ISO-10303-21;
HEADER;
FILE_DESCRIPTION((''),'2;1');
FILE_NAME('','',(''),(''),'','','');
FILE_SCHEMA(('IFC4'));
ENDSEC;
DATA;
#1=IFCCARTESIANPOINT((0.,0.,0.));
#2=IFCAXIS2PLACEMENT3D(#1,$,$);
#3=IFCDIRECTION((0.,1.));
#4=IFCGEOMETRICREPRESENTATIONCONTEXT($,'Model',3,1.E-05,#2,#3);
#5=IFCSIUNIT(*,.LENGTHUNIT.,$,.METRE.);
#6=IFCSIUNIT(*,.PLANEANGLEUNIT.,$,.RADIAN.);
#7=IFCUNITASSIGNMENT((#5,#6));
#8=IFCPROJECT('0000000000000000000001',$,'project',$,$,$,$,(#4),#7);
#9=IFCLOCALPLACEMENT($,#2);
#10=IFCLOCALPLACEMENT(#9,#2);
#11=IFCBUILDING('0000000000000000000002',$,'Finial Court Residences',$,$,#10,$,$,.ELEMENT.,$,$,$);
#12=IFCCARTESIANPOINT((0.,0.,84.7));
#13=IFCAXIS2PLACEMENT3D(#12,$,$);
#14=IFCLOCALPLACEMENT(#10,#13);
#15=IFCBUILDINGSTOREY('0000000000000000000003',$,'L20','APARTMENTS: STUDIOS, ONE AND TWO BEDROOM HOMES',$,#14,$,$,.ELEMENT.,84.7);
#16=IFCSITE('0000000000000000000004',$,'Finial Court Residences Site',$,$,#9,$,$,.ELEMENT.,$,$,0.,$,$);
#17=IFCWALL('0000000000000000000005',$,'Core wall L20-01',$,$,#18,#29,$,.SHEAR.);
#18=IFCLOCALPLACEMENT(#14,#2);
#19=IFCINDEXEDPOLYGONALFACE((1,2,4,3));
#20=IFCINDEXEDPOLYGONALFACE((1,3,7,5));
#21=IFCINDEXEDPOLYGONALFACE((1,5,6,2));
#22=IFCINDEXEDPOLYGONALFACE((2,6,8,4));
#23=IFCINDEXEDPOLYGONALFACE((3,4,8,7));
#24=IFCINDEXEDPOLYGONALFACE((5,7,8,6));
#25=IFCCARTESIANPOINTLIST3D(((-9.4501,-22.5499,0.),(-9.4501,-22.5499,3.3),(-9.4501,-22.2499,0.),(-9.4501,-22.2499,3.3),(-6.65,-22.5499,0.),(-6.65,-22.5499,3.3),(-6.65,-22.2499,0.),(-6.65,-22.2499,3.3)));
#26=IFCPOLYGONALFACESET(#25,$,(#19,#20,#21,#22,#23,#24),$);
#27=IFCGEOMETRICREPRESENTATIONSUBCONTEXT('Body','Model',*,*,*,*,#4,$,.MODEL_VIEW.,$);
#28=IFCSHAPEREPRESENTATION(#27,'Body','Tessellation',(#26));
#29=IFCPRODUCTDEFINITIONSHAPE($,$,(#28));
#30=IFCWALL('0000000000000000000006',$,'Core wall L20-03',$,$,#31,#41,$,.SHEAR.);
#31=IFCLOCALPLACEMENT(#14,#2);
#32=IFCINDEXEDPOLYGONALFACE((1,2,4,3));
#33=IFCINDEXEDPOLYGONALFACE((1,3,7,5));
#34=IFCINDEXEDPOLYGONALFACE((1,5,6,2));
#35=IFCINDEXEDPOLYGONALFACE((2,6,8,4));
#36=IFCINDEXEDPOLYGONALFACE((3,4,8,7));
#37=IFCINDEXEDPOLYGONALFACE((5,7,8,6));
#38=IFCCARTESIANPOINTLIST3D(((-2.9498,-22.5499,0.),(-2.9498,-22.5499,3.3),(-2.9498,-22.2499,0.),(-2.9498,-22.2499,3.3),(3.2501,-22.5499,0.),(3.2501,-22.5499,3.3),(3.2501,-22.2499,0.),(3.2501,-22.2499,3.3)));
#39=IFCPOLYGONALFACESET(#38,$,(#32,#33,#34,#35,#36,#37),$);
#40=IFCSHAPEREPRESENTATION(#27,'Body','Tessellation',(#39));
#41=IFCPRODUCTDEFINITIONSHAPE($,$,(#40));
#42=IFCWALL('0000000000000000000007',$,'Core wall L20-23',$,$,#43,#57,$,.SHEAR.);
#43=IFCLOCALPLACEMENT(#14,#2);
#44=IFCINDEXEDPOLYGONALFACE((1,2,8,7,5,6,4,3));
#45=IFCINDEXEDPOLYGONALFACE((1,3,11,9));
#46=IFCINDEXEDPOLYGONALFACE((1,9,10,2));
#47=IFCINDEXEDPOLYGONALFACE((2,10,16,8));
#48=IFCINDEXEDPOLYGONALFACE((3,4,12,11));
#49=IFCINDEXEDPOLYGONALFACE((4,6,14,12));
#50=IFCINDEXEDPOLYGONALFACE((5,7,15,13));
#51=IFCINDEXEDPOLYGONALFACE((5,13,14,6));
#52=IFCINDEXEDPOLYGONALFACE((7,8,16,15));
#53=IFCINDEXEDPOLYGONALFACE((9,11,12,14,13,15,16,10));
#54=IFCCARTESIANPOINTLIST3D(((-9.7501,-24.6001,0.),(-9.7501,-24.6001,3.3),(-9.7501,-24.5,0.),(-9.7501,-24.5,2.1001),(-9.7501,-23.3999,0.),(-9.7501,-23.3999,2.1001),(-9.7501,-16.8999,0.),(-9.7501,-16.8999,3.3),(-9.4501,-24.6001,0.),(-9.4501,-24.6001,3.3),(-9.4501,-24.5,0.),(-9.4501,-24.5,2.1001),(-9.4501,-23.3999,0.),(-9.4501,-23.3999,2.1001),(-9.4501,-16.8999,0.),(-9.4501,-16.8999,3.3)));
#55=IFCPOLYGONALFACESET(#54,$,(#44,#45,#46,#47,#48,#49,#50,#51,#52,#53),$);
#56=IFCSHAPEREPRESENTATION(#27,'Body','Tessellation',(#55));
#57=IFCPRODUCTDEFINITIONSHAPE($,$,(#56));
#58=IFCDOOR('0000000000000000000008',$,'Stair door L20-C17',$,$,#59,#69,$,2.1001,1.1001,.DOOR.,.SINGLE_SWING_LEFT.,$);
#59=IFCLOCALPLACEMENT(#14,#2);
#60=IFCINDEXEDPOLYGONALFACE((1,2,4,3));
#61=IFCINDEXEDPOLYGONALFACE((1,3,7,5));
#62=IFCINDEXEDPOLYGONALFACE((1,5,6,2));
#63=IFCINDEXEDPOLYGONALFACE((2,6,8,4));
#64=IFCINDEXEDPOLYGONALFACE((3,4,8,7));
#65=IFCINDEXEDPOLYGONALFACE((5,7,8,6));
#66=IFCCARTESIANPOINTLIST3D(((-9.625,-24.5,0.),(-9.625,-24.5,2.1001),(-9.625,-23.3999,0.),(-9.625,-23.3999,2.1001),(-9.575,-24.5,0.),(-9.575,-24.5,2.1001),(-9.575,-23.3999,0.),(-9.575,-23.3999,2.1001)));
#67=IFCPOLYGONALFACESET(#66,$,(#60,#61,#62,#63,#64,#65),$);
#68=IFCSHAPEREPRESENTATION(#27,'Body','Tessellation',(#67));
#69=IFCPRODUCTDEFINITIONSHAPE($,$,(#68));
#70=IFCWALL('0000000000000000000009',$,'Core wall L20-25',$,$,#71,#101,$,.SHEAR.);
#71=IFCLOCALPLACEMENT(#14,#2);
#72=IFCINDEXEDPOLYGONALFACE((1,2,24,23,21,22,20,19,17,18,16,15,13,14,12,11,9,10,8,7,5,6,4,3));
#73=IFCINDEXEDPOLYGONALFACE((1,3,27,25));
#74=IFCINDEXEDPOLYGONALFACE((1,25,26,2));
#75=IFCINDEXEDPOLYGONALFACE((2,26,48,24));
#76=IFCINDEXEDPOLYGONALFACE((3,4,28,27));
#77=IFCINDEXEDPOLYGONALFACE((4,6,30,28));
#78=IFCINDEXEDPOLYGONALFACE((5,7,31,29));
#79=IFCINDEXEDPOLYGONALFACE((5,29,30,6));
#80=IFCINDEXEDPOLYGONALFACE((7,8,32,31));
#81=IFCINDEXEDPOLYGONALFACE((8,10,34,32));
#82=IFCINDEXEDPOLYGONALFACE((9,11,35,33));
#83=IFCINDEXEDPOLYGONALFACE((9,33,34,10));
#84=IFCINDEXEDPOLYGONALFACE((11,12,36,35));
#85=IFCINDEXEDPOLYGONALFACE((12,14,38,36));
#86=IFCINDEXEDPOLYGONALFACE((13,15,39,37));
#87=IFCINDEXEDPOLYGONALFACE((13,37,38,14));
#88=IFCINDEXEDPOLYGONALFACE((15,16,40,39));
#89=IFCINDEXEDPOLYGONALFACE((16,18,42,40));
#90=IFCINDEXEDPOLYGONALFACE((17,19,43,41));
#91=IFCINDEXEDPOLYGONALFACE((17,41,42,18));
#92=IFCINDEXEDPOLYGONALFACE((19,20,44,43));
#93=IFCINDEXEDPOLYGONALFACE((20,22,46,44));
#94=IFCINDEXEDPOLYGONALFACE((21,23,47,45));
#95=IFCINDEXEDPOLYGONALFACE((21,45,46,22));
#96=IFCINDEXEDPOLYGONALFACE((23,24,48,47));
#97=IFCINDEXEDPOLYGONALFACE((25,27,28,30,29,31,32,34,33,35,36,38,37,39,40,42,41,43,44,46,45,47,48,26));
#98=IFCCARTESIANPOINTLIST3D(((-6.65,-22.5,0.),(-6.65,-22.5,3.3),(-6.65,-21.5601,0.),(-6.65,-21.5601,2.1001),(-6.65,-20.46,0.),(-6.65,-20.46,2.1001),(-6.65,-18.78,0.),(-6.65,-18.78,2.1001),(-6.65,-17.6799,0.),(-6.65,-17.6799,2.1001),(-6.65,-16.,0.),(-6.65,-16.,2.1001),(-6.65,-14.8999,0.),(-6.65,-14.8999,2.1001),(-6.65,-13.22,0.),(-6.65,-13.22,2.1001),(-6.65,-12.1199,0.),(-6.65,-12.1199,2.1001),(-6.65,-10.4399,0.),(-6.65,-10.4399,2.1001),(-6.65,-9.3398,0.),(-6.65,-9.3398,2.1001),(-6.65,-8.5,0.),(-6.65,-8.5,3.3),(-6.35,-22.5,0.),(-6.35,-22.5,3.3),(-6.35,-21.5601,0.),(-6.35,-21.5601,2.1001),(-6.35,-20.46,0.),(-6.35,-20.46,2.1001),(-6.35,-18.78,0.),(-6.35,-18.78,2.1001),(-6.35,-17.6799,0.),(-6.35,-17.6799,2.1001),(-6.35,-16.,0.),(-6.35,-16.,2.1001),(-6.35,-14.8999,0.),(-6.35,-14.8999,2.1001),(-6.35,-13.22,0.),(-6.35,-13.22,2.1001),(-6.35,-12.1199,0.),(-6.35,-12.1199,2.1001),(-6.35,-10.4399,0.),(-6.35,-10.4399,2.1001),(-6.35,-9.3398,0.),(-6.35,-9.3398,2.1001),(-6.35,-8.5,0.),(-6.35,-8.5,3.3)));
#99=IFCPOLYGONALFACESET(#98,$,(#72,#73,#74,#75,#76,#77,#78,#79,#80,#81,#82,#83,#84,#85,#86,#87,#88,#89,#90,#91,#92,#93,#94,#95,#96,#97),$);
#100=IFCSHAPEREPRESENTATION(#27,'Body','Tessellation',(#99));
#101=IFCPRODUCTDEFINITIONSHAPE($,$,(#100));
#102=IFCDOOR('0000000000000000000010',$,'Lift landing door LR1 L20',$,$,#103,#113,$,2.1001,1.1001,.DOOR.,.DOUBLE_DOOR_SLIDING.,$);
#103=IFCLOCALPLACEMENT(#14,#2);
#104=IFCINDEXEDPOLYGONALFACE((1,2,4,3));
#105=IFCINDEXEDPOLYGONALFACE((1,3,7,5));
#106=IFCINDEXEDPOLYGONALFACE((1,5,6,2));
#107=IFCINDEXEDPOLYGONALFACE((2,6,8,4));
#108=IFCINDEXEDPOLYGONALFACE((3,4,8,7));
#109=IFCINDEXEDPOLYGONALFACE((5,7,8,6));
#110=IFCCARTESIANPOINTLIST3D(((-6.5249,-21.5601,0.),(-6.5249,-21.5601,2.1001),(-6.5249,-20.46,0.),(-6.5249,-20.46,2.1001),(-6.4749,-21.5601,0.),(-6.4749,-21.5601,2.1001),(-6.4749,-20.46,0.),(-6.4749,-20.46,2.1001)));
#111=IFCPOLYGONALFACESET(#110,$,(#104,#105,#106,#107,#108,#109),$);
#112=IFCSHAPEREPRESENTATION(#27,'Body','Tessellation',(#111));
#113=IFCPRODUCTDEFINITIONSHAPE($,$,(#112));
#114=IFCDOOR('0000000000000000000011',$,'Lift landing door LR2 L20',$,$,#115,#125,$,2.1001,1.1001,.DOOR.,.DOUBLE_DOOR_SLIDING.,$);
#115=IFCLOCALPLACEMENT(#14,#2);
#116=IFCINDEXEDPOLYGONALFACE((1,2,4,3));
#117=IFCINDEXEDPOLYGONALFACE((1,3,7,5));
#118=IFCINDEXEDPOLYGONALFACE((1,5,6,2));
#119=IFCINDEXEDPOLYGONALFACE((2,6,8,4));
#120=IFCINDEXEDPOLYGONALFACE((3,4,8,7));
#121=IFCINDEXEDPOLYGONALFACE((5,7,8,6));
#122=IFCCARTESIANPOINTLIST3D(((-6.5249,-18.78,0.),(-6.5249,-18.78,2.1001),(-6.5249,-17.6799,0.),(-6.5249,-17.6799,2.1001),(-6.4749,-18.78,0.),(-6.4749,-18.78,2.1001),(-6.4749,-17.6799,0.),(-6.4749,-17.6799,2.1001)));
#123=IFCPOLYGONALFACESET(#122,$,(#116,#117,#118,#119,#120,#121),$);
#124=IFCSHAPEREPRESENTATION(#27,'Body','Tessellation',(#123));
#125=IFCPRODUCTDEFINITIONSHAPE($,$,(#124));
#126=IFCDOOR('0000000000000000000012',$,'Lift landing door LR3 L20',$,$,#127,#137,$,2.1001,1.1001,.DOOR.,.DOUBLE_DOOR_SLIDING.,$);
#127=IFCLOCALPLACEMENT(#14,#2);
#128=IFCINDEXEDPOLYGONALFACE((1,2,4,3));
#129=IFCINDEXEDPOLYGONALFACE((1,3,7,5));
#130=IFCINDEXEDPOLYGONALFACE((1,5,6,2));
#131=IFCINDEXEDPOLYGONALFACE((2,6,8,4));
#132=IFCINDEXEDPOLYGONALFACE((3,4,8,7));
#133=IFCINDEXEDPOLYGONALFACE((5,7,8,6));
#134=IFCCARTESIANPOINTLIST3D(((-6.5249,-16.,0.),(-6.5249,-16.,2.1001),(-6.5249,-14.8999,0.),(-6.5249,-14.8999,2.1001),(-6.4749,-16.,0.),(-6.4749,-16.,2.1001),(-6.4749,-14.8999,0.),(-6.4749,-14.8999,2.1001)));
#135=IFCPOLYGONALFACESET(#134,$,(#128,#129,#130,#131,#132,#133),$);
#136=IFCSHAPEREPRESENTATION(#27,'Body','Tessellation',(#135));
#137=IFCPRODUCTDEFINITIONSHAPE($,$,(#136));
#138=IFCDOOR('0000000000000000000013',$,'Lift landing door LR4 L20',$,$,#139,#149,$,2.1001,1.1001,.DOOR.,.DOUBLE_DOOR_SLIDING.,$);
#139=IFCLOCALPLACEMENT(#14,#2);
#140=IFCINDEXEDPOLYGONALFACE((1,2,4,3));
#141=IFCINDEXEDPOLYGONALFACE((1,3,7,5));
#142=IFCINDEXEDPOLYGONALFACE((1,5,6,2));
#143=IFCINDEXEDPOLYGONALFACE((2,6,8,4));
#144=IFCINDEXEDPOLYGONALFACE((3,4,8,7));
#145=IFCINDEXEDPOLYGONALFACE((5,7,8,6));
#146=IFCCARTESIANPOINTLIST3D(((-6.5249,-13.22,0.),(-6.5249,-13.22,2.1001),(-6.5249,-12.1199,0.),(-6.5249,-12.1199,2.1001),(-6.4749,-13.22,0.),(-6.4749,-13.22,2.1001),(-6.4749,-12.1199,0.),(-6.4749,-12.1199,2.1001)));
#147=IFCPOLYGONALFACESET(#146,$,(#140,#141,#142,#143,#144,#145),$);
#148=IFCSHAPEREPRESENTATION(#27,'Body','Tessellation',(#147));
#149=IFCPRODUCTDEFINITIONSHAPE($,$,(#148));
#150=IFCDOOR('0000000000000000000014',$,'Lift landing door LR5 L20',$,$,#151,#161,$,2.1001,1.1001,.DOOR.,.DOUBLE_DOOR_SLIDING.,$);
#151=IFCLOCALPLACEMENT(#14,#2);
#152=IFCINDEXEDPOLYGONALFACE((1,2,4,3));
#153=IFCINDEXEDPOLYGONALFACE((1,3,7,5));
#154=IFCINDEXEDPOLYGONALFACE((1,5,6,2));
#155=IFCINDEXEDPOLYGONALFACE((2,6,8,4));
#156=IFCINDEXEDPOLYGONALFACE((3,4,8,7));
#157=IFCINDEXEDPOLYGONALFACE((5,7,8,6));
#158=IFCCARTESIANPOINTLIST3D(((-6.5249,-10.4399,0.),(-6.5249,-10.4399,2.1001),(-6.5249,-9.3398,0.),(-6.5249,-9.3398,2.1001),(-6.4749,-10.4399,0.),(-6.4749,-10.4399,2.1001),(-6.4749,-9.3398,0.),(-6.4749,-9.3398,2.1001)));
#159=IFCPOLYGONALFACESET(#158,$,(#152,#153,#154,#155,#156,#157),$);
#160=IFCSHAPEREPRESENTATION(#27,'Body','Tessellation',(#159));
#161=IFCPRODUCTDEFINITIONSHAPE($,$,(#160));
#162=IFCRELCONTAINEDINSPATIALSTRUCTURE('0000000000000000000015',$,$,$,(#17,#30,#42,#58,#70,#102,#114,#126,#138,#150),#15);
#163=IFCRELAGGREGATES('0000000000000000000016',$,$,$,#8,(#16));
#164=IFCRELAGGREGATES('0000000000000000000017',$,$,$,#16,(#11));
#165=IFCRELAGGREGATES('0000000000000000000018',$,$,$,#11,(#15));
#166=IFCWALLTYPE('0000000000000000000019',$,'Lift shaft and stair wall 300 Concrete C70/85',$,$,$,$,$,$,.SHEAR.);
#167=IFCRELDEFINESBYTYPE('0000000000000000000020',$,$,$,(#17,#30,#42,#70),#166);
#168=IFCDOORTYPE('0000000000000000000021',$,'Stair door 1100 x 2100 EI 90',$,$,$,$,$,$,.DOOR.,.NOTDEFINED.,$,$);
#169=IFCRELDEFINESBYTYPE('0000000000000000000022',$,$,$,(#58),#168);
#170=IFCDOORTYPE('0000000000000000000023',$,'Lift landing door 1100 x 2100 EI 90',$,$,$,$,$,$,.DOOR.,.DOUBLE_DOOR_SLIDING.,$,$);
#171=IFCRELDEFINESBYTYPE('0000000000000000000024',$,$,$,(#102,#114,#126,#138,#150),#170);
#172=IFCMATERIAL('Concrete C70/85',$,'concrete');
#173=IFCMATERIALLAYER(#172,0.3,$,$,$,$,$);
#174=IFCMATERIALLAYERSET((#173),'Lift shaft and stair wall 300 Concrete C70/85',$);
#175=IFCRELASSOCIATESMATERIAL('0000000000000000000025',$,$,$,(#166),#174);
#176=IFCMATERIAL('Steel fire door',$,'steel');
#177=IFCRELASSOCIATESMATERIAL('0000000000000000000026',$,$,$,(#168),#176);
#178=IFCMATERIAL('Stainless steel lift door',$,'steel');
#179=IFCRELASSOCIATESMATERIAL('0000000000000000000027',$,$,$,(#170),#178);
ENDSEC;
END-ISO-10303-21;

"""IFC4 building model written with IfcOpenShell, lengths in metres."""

from ifc_helpers import new_model, si_unit, direction, frame, frame_2d, origin, place, context, subcontext, project, spatial, rectangle, extrude, material, layer, layer_set, type_object, element, fill, save


model = new_model("IFC4")

# Units and contexts
model_context = context("Model", 3, precision=1e-05, world=origin(), true_north=direction((0.0, 1.0)))
body_context = subcontext(model_context, "Body", "Model", "MODEL_VIEW")
ifc_project = project(units=[si_unit("LENGTHUNIT", "METRE"), si_unit("PLANEANGLEUNIT", "RADIAN")], contexts=[model_context])

# Site, building, storey
site_placement = place(None, origin())
site = spatial("IfcSite", under=ifc_project, at=site_placement, Name="Finial Court Residences Site", CompositionType="ELEMENT", RefElevation=0.0)
building_placement = place(site_placement, origin())
building = spatial("IfcBuilding", under=site, at=building_placement, Name="Finial Court Residences", CompositionType="ELEMENT")
storey_placement = place(building_placement, frame((0.0, 0.0, 84.7)))
storey = spatial("IfcBuildingStorey", under=building, at=storey_placement, Name="L20", Description="APARTMENTS: STUDIOS, ONE AND TWO BEDROOM HOMES", CompositionType="ELEMENT", Elevation=84.7)

# Walls
ifc_material_1 = material(Name="Concrete C70/85", Category="concrete")
ifc_layer_1 = layer(ifc_material_1, 0.3)
ifc_layer_set_1 = layer_set([ifc_layer_1], Name="Lift shaft and stair wall 300 Concrete C70/85")
wall_type_1 = type_object("IfcWallType", Name="Lift shaft and stair wall 300 Concrete C70/85", PredefinedType="SHEAR", material=ifc_layer_set_1)
wall_1_placement = place(storey_placement, frame((-9.45, -22.3999, 0.0), z_axis=(0.0, 0.0, 1.0), x_axis=(1.0, 0.0, 0.0)))
element("IfcWall", 1, at=wall_1_placement, inside=storey, type_object=wall_type_1, Name="Core wall L20-01", PredefinedType="SHEAR", context=body_context, shape_type="SweptSolid", body=[
    extrude(rectangle(XDim=2.8, YDim=0.3, at=frame_2d((1.3999, 0.0))), origin(), (0.0, 0.0, 1.0), 3.3),
])
wall_2_placement = place(storey_placement, frame((-2.95, -22.3999, 0.0), z_axis=(0.0, 0.0, 1.0), x_axis=(1.0, 0.0, 0.0)))
element("IfcWall", 2, at=wall_2_placement, inside=storey, type_object=wall_type_1, Name="Core wall L20-03", PredefinedType="SHEAR", context=body_context, shape_type="SweptSolid", body=[
    extrude(rectangle(XDim=6.2, YDim=0.3, at=frame_2d((3.1001, 0.0))), origin(), (0.0, 0.0, 1.0), 3.3),
])

# Wall, opening, door
wall_3_placement = place(storey_placement, frame((-9.6001, -24.6001, 0.0), z_axis=(0.0, 0.0, 1.0), x_axis=(0.0, 1.0, 0.0)))
wall_3 = element("IfcWall", 3, at=wall_3_placement, inside=storey, type_object=wall_type_1, Name="Core wall L20-23", PredefinedType="SHEAR", context=body_context, shape_type="SweptSolid", body=[
    extrude(rectangle(XDim=7.7002, YDim=0.3, at=frame_2d((3.8501, 0.0))), origin(), (0.0, 0.0, 1.0), 3.3),
])
opening_1_placement = place(wall_3_placement, frame((0.1001, 0.0, 0.0)))
opening_1 = element("IfcOpeningElement", 4, at=opening_1_placement, cuts=wall_3, PredefinedType="OPENING", context=body_context, shape_type="SweptSolid", body=[
    extrude(rectangle(XDim=1.1001, YDim=2.1001, at=frame_2d((0.55, 1.05))), frame((0.0, 0.1599, 0.0), z_axis=(0.0, -1.0, 0.0), x_axis=(1.0, 0.0, 0.0)), (0.0, 0.0, 1.0), 0.3201),
])
ifc_material_2 = material(Name="Steel fire door", Category="steel")
door_type_1 = type_object("IfcDoorType", Name="Stair door 1100 x 2100 EI 90", OperationType="NOTDEFINED", PredefinedType="DOOR", material=ifc_material_2)
door_1_placement = place(opening_1_placement, origin())
door_1 = element("IfcDoor", 5, at=door_1_placement, inside=storey, type_object=door_type_1, Name="Stair door L20-C17", OperationType="SINGLE_SWING_LEFT", OverallHeight=2.1001, OverallWidth=1.1001, PredefinedType="DOOR", context=body_context, shape_type="SweptSolid", body=[
    extrude(rectangle(XDim=1.1001, YDim=2.1001, at=frame_2d((0.55, 1.05))), frame((0.0, 0.0249, 0.0), z_axis=(0.0, -1.0, 0.0), x_axis=(1.0, 0.0, 0.0)), (0.0, 0.0, 1.0), 0.05),
])
fill(opening_1, door_1)

# Wall, openings, doors
wall_4_placement = place(storey_placement, frame((-6.5, -22.5, 0.0), z_axis=(0.0, 0.0, 1.0), x_axis=(0.0, 1.0, 0.0)))
wall_4 = element("IfcWall", 6, at=wall_4_placement, inside=storey, type_object=wall_type_1, Name="Core wall L20-25", PredefinedType="SHEAR", context=body_context, shape_type="SweptSolid", body=[
    extrude(rectangle(XDim=14.0, YDim=0.3, at=frame_2d((7.0, 0.0))), origin(), (0.0, 0.0, 1.0), 3.3),
])
opening_2_placement = place(wall_4_placement, frame((0.9399, 0.0, 0.0)))
opening_2 = element("IfcOpeningElement", 7, at=opening_2_placement, cuts=wall_4, PredefinedType="OPENING", context=body_context, shape_type="SweptSolid", body=[
    extrude(rectangle(XDim=1.1001, YDim=2.1001, at=frame_2d((0.55, 1.05))), frame((0.0, 0.1599, 0.0), z_axis=(0.0, -1.0, 0.0), x_axis=(1.0, 0.0, 0.0)), (0.0, 0.0, 1.0), 0.3201),
])
opening_3_placement = place(wall_4_placement, frame((3.72, 0.0, 0.0)))
opening_3 = element("IfcOpeningElement", 8, at=opening_3_placement, cuts=wall_4, PredefinedType="OPENING", context=body_context, shape_type="SweptSolid", body=[
    extrude(rectangle(XDim=1.1001, YDim=2.1001, at=frame_2d((0.55, 1.05))), frame((0.0, 0.1599, 0.0), z_axis=(0.0, -1.0, 0.0), x_axis=(1.0, 0.0, 0.0)), (0.0, 0.0, 1.0), 0.3201),
])
opening_4_placement = place(wall_4_placement, frame((6.5, 0.0, 0.0)))
opening_4 = element("IfcOpeningElement", 9, at=opening_4_placement, cuts=wall_4, PredefinedType="OPENING", context=body_context, shape_type="SweptSolid", body=[
    extrude(rectangle(XDim=1.1001, YDim=2.1001, at=frame_2d((0.55, 1.05))), frame((0.0, 0.1599, 0.0), z_axis=(0.0, -1.0, 0.0), x_axis=(1.0, 0.0, 0.0)), (0.0, 0.0, 1.0), 0.3201),
])
opening_5_placement = place(wall_4_placement, frame((9.28, 0.0, 0.0)))
opening_5 = element("IfcOpeningElement", 10, at=opening_5_placement, cuts=wall_4, PredefinedType="OPENING", context=body_context, shape_type="SweptSolid", body=[
    extrude(rectangle(XDim=1.1001, YDim=2.1001, at=frame_2d((0.55, 1.05))), frame((0.0, 0.1599, 0.0), z_axis=(0.0, -1.0, 0.0), x_axis=(1.0, 0.0, 0.0)), (0.0, 0.0, 1.0), 0.3201),
])
opening_6_placement = place(wall_4_placement, frame((12.0601, 0.0, 0.0)))
opening_6 = element("IfcOpeningElement", 11, at=opening_6_placement, cuts=wall_4, PredefinedType="OPENING", context=body_context, shape_type="SweptSolid", body=[
    extrude(rectangle(XDim=1.1001, YDim=2.1001, at=frame_2d((0.55, 1.05))), frame((0.0, 0.1599, 0.0), z_axis=(0.0, -1.0, 0.0), x_axis=(1.0, 0.0, 0.0)), (0.0, 0.0, 1.0), 0.3201),
])
ifc_material_3 = material(Name="Stainless steel lift door", Category="steel")
door_type_2 = type_object("IfcDoorType", Name="Lift landing door 1100 x 2100 EI 90", OperationType="DOUBLE_DOOR_SLIDING", PredefinedType="DOOR", material=ifc_material_3)
door_2_placement = place(opening_2_placement, origin())
door_2 = element("IfcDoor", 12, at=door_2_placement, inside=storey, type_object=door_type_2, Name="Lift landing door LR1 L20", OperationType="DOUBLE_DOOR_SLIDING", OverallHeight=2.1001, OverallWidth=1.1001, PredefinedType="DOOR", context=body_context, shape_type="SweptSolid", body=[
    extrude(rectangle(XDim=1.1001, YDim=2.1001, at=frame_2d((0.55, 1.05))), frame((0.0, 0.0249, 0.0), z_axis=(0.0, -1.0, 0.0), x_axis=(1.0, 0.0, 0.0)), (0.0, 0.0, 1.0), 0.05),
])
fill(opening_2, door_2)
door_3_placement = place(opening_3_placement, origin())
door_3 = element("IfcDoor", 13, at=door_3_placement, inside=storey, type_object=door_type_2, Name="Lift landing door LR2 L20", OperationType="DOUBLE_DOOR_SLIDING", OverallHeight=2.1001, OverallWidth=1.1001, PredefinedType="DOOR", context=body_context, shape_type="SweptSolid", body=[
    extrude(rectangle(XDim=1.1001, YDim=2.1001, at=frame_2d((0.55, 1.05))), frame((0.0, 0.0249, 0.0), z_axis=(0.0, -1.0, 0.0), x_axis=(1.0, 0.0, 0.0)), (0.0, 0.0, 1.0), 0.05),
])
fill(opening_3, door_3)
door_4_placement = place(opening_4_placement, origin())
door_4 = element("IfcDoor", 14, at=door_4_placement, inside=storey, type_object=door_type_2, Name="Lift landing door LR3 L20", OperationType="DOUBLE_DOOR_SLIDING", OverallHeight=2.1001, OverallWidth=1.1001, PredefinedType="DOOR", context=body_context, shape_type="SweptSolid", body=[
    extrude(rectangle(XDim=1.1001, YDim=2.1001, at=frame_2d((0.55, 1.05))), frame((0.0, 0.0249, 0.0), z_axis=(0.0, -1.0, 0.0), x_axis=(1.0, 0.0, 0.0)), (0.0, 0.0, 1.0), 0.05),
])
fill(opening_4, door_4)
door_5_placement = place(opening_5_placement, origin())
door_5 = element("IfcDoor", 15, at=door_5_placement, inside=storey, type_object=door_type_2, Name="Lift landing door LR4 L20", OperationType="DOUBLE_DOOR_SLIDING", OverallHeight=2.1001, OverallWidth=1.1001, PredefinedType="DOOR", context=body_context, shape_type="SweptSolid", body=[
    extrude(rectangle(XDim=1.1001, YDim=2.1001, at=frame_2d((0.55, 1.05))), frame((0.0, 0.0249, 0.0), z_axis=(0.0, -1.0, 0.0), x_axis=(1.0, 0.0, 0.0)), (0.0, 0.0, 1.0), 0.05),
])
fill(opening_5, door_5)
door_6_placement = place(opening_6_placement, origin())
door_6 = element("IfcDoor", 16, at=door_6_placement, inside=storey, type_object=door_type_2, Name="Lift landing door LR5 L20", OperationType="DOUBLE_DOOR_SLIDING", OverallHeight=2.1001, OverallWidth=1.1001, PredefinedType="DOOR", context=body_context, shape_type="SweptSolid", body=[
    extrude(rectangle(XDim=1.1001, YDim=2.1001, at=frame_2d((0.55, 1.05))), frame((0.0, 0.0249, 0.0), z_axis=(0.0, -1.0, 0.0), x_axis=(1.0, 0.0, 0.0)), (0.0, 0.0, 1.0), 0.05),
])
fill(opening_6, door_6)

save(model, "model.ifc")
